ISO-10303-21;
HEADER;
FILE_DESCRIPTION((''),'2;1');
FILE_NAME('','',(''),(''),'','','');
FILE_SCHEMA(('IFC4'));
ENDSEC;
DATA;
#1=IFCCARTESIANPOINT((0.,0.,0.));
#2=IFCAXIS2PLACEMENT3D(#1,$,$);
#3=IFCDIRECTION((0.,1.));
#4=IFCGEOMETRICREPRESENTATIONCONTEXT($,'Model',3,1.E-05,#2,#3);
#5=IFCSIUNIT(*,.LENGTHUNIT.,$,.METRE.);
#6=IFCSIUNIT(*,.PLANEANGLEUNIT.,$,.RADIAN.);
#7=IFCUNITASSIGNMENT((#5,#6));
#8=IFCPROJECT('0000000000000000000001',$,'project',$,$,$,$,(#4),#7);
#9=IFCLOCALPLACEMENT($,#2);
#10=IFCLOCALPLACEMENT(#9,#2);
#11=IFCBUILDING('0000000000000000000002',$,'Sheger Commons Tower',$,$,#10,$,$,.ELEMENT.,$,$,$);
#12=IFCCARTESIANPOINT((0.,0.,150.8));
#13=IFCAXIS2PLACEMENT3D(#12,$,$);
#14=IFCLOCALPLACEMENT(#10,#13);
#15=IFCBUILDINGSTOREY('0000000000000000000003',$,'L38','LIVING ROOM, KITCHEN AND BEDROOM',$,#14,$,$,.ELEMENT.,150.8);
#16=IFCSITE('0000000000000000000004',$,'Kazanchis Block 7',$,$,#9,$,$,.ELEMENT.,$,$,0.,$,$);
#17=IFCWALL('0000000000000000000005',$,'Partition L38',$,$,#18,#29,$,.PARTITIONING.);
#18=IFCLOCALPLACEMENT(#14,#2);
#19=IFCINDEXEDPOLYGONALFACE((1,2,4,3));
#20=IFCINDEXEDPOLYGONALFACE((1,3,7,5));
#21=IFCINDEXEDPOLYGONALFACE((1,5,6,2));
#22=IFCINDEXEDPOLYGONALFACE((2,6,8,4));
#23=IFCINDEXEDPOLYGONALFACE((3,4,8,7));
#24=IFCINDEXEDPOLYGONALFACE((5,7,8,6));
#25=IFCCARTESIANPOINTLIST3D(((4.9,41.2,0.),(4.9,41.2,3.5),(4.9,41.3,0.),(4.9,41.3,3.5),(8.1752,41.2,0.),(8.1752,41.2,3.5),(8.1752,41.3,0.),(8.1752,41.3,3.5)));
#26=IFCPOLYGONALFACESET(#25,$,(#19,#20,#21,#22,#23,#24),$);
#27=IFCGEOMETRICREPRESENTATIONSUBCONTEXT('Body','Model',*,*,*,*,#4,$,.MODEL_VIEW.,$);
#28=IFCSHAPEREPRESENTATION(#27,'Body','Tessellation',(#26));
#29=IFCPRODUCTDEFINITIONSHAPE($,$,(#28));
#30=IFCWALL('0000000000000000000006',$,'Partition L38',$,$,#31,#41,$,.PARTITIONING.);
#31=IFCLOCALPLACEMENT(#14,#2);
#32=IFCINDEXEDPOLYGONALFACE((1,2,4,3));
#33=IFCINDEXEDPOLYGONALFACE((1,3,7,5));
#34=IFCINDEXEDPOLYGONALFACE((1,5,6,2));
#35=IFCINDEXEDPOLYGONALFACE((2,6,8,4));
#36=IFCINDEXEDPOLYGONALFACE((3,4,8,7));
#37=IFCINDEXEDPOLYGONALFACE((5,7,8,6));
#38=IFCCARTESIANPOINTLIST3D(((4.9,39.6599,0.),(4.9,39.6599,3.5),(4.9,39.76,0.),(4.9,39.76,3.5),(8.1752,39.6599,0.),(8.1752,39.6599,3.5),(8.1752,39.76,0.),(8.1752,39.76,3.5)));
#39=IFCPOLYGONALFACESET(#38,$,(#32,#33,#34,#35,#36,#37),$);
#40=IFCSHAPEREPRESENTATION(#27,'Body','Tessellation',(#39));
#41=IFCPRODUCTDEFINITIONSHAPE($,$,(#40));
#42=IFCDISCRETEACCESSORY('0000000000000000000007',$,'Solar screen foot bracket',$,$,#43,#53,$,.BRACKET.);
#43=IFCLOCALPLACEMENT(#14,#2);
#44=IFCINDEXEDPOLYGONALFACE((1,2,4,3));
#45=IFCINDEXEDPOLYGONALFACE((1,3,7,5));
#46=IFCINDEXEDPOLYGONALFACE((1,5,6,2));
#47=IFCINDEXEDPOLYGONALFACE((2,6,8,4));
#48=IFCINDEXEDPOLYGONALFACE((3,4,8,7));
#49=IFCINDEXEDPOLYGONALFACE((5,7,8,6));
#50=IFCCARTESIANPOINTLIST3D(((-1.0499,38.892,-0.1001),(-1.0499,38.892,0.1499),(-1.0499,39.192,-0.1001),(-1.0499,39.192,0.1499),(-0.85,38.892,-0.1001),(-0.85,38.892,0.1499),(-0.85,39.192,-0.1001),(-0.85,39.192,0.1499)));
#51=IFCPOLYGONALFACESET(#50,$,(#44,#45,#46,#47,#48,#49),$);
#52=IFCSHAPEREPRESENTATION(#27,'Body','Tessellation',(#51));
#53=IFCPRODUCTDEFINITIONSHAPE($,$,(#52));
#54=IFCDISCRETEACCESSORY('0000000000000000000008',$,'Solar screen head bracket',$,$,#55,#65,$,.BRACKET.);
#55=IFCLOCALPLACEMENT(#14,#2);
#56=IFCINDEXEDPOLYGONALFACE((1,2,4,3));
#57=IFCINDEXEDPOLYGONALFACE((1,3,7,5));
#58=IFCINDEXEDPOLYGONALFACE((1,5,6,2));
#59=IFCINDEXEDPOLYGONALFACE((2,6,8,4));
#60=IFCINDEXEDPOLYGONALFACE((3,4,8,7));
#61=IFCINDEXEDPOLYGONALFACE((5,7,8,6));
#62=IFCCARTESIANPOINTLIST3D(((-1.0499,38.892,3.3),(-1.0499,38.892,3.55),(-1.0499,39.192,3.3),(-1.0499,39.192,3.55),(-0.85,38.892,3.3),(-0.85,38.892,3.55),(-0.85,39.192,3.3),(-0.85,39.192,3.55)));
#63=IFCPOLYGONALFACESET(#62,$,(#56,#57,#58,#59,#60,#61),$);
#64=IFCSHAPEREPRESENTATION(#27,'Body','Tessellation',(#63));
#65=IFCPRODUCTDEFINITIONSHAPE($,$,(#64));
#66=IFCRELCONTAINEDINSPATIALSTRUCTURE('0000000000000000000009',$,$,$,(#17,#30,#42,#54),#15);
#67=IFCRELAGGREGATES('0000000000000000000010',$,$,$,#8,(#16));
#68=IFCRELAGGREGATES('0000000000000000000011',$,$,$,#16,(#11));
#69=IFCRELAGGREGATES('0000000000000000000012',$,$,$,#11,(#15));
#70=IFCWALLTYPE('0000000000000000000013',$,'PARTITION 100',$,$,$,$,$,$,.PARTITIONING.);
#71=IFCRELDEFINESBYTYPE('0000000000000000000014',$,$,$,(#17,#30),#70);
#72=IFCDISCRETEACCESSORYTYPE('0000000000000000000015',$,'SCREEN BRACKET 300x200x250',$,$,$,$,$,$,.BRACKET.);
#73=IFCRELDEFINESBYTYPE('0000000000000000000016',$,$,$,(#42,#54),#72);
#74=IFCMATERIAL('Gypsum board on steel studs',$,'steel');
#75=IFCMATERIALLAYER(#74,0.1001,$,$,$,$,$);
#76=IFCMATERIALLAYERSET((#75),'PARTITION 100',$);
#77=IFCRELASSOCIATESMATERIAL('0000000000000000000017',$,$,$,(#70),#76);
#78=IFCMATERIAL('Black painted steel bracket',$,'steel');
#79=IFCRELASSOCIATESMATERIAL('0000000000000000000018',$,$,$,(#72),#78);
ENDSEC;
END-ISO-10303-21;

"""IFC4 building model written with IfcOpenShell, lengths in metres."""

from ifc_helpers import new_model, si_unit, direction, frame, frame_2d, origin, origin_2d, place, context, subcontext, project, spatial, rectangle, extrude, material, layer, layer_set, type_object, element, save


model = new_model("IFC4")

# Units and contexts
model_context = context("Model", 3, precision=1e-05, world=origin(), true_north=direction((0.0, 1.0)))
body_context = subcontext(model_context, "Body", "Model", "MODEL_VIEW")
ifc_project = project(units=[si_unit("LENGTHUNIT", "METRE"), si_unit("PLANEANGLEUNIT", "RADIAN")], contexts=[model_context])

# Site, building, storey
site_placement = place(None, origin())
site = spatial("IfcSite", under=ifc_project, at=site_placement, Name="Kazanchis Block 7", CompositionType="ELEMENT", RefElevation=0.0)
building_placement = place(site_placement, origin())
building = spatial("IfcBuilding", under=site, at=building_placement, Name="Sheger Commons Tower", CompositionType="ELEMENT")
storey_placement = place(building_placement, frame((0.0, 0.0, 150.8)))
storey = spatial("IfcBuildingStorey", under=building, at=storey_placement, Name="L38", Description="LIVING ROOM, KITCHEN AND BEDROOM", CompositionType="ELEMENT", Elevation=150.8)

# Shared definitions
ifc_material_1 = material(Name="Gypsum board on steel studs", Category="steel")
ifc_layer_1 = layer(ifc_material_1, 0.1001)
ifc_layer_set_1 = layer_set([ifc_layer_1], Name="PARTITION 100")
wall_type = type_object("IfcWallType", Name="PARTITION 100", PredefinedType="PARTITIONING", material=ifc_layer_set_1)

# Walls
for number, where, z_axis, x_axis, name in (
    (1, (4.8999, 41.25, 0.0), (0.0, 0.0, 1.0), (1.0, 0.0, 0.0), "Partition L38"),
    (2, (4.8999, 39.71, 0.0), (0.0, 0.0, 1.0), (1.0, 0.0, 0.0), "Partition L38"),
):
    element("IfcWall", number, at=place(storey_placement, frame(where, z_axis=z_axis, x_axis=x_axis)), inside=storey, type_object=wall_type, Name=name, PredefinedType="PARTITIONING", context=body_context, shape_type="SweptSolid", body=[
        extrude(rectangle(XDim=3.2751, YDim=0.1001, at=frame_2d((1.6377, 0.0))), origin(), (0.0, 0.0, 1.0), 3.5),
    ])

# Discrete accessories
ifc_material_2 = material(Name="Black painted steel bracket", Category="steel")
discrete_accessory_type = type_object("IfcDiscreteAccessoryType", Name="SCREEN BRACKET 300x200x250", PredefinedType="BRACKET", material=ifc_material_2)
for number, where, z_axis, x_axis, name in (
    (3, (-0.95, 39.042, -0.1001), (0.0, 0.0, 1.0), (0.0, -1.0, 0.0), "Solar screen foot bracket"),
    (4, (-0.95, 39.042, 3.3), (0.0, 0.0, 1.0), (0.0, -1.0, 0.0), "Solar screen head bracket"),
):
    element("IfcDiscreteAccessory", number, at=place(storey_placement, frame(where, z_axis=z_axis, x_axis=x_axis)), inside=storey, type_object=discrete_accessory_type, Name=name, PredefinedType="BRACKET", context=body_context, shape_type="SweptSolid", body=[
        extrude(rectangle(XDim=0.3, YDim=0.2, at=origin_2d()), origin(), (0.0, 0.0, 1.0), 0.25),
    ])

save(model, "model.ifc")
